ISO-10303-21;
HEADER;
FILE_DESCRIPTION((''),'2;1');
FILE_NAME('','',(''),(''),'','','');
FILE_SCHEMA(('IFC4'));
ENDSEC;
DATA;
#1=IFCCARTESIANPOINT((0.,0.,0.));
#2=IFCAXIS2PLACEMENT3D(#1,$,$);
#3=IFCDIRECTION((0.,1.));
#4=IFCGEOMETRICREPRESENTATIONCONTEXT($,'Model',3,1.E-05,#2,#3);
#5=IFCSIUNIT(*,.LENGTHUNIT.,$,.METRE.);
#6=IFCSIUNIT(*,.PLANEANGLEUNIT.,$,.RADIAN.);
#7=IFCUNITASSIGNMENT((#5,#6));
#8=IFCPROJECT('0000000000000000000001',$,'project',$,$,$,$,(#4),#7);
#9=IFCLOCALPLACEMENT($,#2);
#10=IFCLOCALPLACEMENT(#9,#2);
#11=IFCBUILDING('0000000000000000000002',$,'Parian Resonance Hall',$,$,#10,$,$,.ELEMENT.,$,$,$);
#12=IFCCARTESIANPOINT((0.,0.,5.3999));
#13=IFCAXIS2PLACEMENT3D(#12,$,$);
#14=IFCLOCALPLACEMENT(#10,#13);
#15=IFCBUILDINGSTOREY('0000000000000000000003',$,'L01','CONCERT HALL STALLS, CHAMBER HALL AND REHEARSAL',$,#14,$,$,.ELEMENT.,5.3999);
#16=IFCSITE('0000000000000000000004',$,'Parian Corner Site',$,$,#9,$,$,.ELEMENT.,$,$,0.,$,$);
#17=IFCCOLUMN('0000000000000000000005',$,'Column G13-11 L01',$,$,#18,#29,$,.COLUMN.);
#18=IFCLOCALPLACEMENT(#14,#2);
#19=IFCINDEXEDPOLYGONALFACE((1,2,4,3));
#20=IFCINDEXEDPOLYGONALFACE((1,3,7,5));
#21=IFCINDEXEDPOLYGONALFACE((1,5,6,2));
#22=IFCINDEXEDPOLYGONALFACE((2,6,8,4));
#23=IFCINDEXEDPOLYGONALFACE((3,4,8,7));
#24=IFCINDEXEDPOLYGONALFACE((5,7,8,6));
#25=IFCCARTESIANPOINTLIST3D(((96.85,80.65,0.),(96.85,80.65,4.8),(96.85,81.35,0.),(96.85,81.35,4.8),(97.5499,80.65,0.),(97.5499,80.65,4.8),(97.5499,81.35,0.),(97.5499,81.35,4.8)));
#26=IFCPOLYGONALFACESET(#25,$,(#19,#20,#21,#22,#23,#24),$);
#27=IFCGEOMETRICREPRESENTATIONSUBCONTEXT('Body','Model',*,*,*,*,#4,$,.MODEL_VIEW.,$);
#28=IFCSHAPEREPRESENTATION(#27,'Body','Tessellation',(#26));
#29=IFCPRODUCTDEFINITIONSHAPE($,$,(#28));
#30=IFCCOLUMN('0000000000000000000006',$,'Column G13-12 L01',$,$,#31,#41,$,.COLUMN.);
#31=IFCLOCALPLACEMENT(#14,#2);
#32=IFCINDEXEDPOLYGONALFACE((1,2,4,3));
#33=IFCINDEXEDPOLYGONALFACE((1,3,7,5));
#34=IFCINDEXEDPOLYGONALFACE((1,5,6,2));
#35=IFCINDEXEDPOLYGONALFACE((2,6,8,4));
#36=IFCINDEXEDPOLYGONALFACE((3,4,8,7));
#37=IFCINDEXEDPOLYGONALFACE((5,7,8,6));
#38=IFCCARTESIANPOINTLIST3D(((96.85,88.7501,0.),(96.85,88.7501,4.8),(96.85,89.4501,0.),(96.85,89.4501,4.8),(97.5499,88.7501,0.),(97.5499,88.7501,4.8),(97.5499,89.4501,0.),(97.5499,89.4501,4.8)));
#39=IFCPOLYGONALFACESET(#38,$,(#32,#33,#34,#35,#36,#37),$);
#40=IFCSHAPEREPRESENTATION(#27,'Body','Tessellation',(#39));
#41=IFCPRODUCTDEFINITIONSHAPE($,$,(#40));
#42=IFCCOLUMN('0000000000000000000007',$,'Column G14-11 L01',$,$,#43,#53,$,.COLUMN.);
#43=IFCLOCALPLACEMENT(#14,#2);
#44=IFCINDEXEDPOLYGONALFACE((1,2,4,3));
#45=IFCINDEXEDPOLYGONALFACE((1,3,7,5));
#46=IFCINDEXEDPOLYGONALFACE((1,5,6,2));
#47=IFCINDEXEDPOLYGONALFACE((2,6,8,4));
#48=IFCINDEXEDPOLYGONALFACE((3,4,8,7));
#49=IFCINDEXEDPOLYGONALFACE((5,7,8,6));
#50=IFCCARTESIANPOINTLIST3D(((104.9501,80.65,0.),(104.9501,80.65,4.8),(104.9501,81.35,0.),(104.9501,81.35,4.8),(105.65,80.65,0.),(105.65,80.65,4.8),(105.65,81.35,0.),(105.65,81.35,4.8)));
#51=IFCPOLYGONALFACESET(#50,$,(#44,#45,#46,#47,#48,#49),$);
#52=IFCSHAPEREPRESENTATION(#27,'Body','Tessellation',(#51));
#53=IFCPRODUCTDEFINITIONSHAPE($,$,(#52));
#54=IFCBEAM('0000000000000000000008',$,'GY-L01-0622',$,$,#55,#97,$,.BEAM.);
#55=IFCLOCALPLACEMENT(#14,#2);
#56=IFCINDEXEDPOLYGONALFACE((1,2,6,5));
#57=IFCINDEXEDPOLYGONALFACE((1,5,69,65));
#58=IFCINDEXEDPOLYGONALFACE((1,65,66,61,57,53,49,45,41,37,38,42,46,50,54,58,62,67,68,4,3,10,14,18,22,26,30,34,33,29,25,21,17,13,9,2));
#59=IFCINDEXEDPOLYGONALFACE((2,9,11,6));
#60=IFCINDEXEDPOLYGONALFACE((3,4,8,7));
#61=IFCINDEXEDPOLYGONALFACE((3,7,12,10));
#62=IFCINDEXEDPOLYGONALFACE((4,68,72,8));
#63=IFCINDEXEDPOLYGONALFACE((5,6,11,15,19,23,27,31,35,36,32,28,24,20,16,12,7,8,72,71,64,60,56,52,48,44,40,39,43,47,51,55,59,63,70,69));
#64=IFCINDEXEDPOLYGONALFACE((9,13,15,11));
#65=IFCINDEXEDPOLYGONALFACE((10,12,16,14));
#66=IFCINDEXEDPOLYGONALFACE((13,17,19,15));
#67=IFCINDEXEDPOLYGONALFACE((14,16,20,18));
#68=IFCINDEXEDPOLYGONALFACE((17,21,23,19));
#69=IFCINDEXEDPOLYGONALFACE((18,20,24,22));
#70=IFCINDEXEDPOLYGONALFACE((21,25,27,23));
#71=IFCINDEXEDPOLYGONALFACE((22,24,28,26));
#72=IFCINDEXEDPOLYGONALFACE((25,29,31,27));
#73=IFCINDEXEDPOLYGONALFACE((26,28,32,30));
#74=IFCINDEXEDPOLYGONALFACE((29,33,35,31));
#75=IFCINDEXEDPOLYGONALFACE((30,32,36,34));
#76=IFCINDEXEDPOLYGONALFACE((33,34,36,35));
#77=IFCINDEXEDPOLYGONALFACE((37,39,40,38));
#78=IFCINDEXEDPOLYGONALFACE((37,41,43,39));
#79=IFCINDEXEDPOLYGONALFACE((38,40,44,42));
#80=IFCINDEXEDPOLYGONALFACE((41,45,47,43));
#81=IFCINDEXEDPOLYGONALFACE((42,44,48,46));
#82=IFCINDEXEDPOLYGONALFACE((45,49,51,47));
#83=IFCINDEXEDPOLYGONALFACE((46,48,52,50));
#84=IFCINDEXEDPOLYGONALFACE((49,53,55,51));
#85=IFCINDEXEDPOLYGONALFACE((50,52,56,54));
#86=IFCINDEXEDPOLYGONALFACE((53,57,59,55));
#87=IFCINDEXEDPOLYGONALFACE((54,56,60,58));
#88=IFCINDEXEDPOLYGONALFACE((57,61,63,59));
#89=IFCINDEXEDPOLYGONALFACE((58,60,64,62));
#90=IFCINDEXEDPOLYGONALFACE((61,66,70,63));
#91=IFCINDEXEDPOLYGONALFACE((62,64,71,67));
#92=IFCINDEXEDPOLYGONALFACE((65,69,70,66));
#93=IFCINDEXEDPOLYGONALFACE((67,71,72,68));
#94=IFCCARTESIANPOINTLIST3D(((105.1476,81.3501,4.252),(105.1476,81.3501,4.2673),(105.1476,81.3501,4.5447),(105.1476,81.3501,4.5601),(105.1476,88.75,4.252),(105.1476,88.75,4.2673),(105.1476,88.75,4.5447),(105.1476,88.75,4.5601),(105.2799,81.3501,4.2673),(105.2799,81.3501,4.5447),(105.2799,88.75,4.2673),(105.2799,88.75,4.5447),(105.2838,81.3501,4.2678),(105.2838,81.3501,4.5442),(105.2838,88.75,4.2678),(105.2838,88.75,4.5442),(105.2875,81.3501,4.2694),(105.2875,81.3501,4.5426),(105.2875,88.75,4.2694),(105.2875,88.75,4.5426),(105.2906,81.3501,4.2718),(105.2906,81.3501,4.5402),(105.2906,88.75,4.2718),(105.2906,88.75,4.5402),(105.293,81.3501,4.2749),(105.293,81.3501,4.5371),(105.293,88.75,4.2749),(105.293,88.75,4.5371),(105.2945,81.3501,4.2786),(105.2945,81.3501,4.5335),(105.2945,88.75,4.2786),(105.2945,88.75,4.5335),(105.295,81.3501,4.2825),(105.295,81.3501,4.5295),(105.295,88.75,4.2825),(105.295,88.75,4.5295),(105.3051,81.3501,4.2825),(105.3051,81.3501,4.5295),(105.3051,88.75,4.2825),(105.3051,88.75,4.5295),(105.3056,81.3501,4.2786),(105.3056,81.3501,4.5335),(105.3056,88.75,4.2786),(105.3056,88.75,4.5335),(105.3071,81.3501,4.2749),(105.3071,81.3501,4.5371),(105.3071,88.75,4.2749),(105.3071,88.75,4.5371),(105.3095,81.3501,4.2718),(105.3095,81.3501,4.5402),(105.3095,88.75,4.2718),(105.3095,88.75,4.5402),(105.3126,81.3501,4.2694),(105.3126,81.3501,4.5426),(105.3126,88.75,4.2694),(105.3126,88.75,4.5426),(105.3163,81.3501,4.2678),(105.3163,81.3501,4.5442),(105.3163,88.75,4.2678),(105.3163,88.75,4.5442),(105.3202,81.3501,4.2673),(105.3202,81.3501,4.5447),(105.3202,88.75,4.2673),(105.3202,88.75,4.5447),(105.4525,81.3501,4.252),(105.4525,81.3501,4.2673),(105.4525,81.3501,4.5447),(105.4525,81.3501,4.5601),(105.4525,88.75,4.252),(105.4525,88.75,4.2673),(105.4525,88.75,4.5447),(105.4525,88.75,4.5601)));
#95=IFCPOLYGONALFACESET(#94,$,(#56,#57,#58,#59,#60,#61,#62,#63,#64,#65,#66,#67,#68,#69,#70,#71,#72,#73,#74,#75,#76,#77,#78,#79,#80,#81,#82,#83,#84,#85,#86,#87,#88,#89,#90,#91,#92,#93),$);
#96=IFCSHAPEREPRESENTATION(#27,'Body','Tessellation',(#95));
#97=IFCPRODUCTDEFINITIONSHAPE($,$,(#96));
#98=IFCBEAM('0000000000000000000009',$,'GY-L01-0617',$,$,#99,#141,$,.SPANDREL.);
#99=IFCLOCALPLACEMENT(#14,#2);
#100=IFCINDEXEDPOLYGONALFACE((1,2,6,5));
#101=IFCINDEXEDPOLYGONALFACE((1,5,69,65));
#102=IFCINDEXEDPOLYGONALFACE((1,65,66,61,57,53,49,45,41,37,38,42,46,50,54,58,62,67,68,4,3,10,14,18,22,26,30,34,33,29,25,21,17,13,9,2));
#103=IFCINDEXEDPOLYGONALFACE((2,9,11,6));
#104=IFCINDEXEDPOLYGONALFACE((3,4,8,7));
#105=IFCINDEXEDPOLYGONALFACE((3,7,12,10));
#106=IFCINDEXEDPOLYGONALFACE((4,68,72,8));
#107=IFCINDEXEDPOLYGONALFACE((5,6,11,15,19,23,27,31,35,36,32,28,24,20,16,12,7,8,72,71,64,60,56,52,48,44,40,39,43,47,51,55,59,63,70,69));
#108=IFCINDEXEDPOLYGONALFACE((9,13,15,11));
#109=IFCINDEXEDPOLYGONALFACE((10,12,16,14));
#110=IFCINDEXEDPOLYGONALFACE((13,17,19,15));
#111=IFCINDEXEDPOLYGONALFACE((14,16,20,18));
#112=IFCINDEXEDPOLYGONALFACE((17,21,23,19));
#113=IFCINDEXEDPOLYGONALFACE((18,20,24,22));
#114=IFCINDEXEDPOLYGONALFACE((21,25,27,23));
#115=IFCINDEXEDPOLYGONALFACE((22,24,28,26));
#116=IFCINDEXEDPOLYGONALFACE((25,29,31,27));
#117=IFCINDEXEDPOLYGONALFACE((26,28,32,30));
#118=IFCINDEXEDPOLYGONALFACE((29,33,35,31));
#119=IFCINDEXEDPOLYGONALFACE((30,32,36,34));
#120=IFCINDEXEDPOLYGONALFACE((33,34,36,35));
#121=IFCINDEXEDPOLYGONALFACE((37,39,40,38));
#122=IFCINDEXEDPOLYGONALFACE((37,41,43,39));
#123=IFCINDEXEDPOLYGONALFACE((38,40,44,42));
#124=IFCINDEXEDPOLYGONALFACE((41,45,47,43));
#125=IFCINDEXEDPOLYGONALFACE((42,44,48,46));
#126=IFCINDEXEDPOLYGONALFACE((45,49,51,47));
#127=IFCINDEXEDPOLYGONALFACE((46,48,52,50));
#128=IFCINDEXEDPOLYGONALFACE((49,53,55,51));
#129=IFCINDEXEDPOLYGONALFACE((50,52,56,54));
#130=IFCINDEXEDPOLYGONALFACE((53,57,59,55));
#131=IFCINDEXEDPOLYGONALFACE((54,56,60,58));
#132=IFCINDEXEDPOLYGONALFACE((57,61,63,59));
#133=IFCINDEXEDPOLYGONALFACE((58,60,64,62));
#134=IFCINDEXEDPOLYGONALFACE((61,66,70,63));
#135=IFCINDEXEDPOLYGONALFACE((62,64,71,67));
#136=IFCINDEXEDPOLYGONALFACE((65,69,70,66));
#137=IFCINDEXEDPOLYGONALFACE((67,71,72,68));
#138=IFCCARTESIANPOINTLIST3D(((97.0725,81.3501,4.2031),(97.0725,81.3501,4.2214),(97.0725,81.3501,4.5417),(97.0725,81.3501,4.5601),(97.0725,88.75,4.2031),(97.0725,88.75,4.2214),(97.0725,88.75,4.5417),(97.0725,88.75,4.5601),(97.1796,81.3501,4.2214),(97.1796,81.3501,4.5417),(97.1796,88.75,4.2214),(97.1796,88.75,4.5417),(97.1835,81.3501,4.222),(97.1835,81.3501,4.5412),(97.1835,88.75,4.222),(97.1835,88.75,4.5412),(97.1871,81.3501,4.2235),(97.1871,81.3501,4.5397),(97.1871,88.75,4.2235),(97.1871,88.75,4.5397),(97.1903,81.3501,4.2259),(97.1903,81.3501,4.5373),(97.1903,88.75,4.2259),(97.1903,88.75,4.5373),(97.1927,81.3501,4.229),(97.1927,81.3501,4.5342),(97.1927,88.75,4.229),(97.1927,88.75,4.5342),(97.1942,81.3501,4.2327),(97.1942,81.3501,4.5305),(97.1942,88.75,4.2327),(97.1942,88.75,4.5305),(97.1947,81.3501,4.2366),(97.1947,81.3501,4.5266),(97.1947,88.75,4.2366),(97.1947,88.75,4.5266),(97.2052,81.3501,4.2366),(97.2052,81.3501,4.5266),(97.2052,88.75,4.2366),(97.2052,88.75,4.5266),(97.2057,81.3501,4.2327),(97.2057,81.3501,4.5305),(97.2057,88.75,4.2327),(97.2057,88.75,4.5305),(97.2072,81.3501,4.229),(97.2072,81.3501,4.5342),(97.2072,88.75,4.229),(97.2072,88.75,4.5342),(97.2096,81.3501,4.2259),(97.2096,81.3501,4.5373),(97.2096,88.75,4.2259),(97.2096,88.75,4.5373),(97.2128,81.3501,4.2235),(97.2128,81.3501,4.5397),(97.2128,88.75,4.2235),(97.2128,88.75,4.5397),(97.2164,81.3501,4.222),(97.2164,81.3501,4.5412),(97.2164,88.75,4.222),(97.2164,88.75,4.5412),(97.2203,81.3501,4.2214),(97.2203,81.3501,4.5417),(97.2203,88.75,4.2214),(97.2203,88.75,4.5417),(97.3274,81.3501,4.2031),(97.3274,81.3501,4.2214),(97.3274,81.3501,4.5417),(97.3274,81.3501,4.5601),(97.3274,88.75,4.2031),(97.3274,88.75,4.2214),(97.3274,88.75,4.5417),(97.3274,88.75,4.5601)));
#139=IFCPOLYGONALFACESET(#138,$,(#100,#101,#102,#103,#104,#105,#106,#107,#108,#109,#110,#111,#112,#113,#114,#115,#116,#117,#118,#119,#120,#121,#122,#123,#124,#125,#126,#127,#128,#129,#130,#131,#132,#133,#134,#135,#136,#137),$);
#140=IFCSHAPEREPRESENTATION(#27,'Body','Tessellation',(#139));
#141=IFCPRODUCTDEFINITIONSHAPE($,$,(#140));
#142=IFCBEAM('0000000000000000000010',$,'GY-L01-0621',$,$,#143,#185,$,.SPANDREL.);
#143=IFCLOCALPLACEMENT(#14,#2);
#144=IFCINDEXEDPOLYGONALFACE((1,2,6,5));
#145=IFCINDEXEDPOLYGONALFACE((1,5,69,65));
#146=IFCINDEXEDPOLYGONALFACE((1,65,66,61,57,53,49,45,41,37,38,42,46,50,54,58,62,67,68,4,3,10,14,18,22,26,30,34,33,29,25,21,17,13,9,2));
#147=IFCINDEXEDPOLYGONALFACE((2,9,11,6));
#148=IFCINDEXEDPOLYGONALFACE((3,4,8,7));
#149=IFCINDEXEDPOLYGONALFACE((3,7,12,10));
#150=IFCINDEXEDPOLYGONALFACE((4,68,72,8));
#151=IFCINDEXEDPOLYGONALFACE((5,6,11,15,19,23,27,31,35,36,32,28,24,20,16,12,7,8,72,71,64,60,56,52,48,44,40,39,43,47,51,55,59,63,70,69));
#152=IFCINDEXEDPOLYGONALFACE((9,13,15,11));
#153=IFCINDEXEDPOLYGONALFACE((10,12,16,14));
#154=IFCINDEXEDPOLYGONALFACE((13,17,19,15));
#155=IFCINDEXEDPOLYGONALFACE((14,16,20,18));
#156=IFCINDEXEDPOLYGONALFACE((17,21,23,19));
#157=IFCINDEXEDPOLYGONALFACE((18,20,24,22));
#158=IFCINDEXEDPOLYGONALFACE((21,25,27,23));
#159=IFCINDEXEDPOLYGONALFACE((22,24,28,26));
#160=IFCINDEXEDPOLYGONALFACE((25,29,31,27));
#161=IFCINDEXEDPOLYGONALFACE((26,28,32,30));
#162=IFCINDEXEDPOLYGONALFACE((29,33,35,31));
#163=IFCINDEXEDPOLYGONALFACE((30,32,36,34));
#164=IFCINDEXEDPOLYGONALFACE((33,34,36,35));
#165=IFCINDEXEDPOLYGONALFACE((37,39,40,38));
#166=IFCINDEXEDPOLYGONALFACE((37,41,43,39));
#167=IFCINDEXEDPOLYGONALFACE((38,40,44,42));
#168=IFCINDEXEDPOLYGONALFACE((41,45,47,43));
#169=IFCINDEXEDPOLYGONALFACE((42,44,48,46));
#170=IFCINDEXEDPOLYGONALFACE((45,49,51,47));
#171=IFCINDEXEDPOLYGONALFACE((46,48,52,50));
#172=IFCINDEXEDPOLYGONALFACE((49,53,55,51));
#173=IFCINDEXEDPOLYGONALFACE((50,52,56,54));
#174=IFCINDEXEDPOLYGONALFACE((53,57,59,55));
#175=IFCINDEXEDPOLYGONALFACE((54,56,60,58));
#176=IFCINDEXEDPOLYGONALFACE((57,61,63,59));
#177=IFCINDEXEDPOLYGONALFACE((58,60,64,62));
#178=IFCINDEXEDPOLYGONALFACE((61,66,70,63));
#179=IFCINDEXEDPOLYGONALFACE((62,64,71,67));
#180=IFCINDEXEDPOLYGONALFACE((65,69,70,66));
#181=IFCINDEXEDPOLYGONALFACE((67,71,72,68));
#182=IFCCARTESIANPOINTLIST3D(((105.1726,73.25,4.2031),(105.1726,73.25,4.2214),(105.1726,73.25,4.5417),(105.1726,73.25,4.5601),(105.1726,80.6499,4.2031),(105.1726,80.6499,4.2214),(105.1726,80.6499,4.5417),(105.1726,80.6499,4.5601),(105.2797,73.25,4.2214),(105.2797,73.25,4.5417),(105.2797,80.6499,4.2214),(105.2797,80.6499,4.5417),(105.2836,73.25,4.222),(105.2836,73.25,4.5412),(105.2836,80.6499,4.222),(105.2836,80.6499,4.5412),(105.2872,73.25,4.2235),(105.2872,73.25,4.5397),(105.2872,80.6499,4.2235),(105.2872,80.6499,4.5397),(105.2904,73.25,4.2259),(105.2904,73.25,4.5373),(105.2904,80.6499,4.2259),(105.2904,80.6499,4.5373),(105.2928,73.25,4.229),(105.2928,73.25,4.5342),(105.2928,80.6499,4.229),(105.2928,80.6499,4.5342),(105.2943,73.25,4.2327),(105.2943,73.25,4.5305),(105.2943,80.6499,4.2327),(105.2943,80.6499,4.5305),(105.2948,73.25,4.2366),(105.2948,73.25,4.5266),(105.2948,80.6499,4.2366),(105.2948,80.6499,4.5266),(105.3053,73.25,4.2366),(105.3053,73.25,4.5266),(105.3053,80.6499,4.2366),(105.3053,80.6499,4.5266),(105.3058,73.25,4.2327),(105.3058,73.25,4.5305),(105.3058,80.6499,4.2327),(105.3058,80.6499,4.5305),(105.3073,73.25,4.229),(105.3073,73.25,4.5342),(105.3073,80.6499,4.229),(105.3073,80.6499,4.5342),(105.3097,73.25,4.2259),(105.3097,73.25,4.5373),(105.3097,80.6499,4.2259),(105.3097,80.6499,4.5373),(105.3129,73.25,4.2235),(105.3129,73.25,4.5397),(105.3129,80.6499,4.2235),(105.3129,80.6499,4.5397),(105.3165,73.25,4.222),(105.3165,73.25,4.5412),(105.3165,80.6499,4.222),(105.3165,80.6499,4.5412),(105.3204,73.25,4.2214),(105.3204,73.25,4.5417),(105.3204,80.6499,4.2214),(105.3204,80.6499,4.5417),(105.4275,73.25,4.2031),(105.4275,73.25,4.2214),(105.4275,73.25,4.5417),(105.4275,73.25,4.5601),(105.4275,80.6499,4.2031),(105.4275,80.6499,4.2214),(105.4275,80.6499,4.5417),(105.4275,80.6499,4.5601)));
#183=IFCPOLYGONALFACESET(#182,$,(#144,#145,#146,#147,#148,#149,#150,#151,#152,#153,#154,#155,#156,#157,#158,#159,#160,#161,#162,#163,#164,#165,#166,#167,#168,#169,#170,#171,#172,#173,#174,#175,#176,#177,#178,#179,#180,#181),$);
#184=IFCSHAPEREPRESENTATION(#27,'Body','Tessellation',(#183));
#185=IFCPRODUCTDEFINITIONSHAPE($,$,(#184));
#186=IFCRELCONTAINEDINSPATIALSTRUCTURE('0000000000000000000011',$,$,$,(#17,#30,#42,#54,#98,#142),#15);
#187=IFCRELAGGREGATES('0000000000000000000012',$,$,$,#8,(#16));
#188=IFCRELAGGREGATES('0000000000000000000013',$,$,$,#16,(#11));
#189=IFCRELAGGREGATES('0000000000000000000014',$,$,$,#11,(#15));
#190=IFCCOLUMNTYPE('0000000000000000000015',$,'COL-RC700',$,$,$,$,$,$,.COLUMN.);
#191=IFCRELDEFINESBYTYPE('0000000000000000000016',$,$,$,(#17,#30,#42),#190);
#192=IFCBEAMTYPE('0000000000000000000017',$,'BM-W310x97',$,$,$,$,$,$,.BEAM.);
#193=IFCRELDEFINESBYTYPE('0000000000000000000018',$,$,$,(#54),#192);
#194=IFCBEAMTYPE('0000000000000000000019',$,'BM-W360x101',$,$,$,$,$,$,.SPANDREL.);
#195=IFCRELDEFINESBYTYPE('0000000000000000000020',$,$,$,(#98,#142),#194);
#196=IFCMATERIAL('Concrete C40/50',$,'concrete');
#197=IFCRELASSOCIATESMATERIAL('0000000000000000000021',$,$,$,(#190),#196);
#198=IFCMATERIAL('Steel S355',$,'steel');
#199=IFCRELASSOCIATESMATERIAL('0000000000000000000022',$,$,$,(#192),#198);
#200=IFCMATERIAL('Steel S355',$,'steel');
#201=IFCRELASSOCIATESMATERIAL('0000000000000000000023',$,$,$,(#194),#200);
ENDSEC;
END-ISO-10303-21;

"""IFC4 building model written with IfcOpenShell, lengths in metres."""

from ifc_helpers import new_model, si_unit, direction, frame, origin, origin_2d, place, context, subcontext, project, spatial, rectangle, i_section, extrude, material, material_profile, profile_set, type_object, element, save


model = new_model("IFC4")

# Units and contexts
model_context = context("Model", 3, precision=1e-05, world=origin(), true_north=direction((0.0, 1.0)))
body_context = subcontext(model_context, "Body", "Model", "MODEL_VIEW")
ifc_project = project(units=[si_unit("LENGTHUNIT", "METRE"), si_unit("PLANEANGLEUNIT", "RADIAN")], contexts=[model_context])

# Site, building, storey
site_placement = place(None, origin())
site = spatial("IfcSite", under=ifc_project, at=site_placement, Name="Parian Corner Site", CompositionType="ELEMENT", RefElevation=0.0)
building_placement = place(site_placement, origin())
building = spatial("IfcBuilding", under=site, at=building_placement, Name="Parian Resonance Hall", CompositionType="ELEMENT")
storey_placement = place(building_placement, frame((0.0, 0.0, 5.3999)))
storey = spatial("IfcBuildingStorey", under=building, at=storey_placement, Name="L01", Description="CONCERT HALL STALLS, CHAMBER HALL AND REHEARSAL", CompositionType="ELEMENT", Elevation=5.3999)

# Columns
ifc_material_1 = material(Name="Concrete C40/50", Category="concrete")
ifc_material_profile_1 = material_profile(ifc_material_1, rectangle(XDim=0.7, YDim=0.7, at=origin_2d()), Name="RC-COL-700x700")
ifc_profile_set_1 = profile_set([ifc_material_profile_1], Name="Concrete C40/50")
column_type = type_object("IfcColumnType", Name="COL-RC700", PredefinedType="COLUMN", material=ifc_profile_set_1)
for number, where, z_axis, x_axis, name in (
    (1, (97.2, 81.0, 0.0), (0.0, 0.0, 1.0), (1.0, 0.0, 0.0), "Column G13-11 L01"),
    (2, (97.2, 89.1001, 0.0), (0.0, 0.0, 1.0), (1.0, 0.0, 0.0), "Column G13-12 L01"),
    (3, (105.3, 81.0, 0.0), (0.0, 0.0, 1.0), (1.0, 0.0, 0.0), "Column G14-11 L01"),
):
    element("IfcColumn", number, at=place(storey_placement, frame(where, z_axis=z_axis, x_axis=x_axis)), inside=storey, type_object=column_type, Name=name, PredefinedType="COLUMN", context=body_context, shape_type="SweptSolid", body=[
        extrude(rectangle(XDim=0.7, YDim=0.7, at=origin_2d()), origin(), (0.0, 0.0, 1.0), 4.8),
    ])

# Beams
ifc_material_2 = material(Name="Steel S355", Category="steel")
ifc_material_profile_2 = material_profile(ifc_material_2, i_section(OverallWidth=0.3049, OverallDepth=0.3081, WebThickness=0.01, FlangeThickness=0.0154, FilletRadius=0.0151, at=origin_2d()), Name="W310x97")
ifc_profile_set_2 = profile_set([ifc_material_profile_2], Name="Steel S355")
beam_type_1 = type_object("IfcBeamType", Name="BM-W310x97", PredefinedType="BEAM", material=ifc_profile_set_2)
beam_1_placement = place(storey_placement, frame((105.3, 81.3501, 4.406), z_axis=(0.0, 1.0, 0.0), x_axis=(-1.0, 0.0, 0.0)))
element("IfcBeam", 4, at=beam_1_placement, inside=storey, type_object=beam_type_1, Name="GY-L01-0622", PredefinedType="BEAM", context=body_context, shape_type="SweptSolid", body=[
    extrude(i_section(OverallWidth=0.3049, OverallDepth=0.3081, WebThickness=0.01, FlangeThickness=0.0154, FilletRadius=0.0151, at=origin_2d()), origin(), (0.0, 0.0, 1.0), 7.3999),
])
ifc_material_3 = material(Name="Steel S355", Category="steel")
ifc_material_profile_3 = material_profile(ifc_material_3, i_section(OverallWidth=0.2549, OverallDepth=0.3569, WebThickness=0.0105, FlangeThickness=0.0183, FilletRadius=0.0151, at=origin_2d()), Name="W360x101")
ifc_profile_set_3 = profile_set([ifc_material_profile_3], Name="Steel S355")
beam_type_2 = type_object("IfcBeamType", Name="BM-W360x101", PredefinedType="SPANDREL", material=ifc_profile_set_3)
for number, where, z_axis, x_axis, name in (
    (5, (97.2, 81.3501, 4.3816), (0.0, 1.0, 0.0), (-1.0, 0.0, 0.0), "GY-L01-0617"),
    (6, (105.3, 73.25, 4.3816), (0.0, 1.0, 0.0), (-1.0, 0.0, 0.0), "GY-L01-0621"),
):
    element("IfcBeam", number, at=place(storey_placement, frame(where, z_axis=z_axis, x_axis=x_axis)), inside=storey, type_object=beam_type_2, Name=name, PredefinedType="SPANDREL", context=body_context, shape_type="SweptSolid", body=[
        extrude(i_section(OverallWidth=0.2549, OverallDepth=0.3569, WebThickness=0.0105, FlangeThickness=0.0183, FilletRadius=0.0151, at=origin_2d()), origin(), (0.0, 0.0, 1.0), 7.3999),
    ])

save(model, "model.ifc")
